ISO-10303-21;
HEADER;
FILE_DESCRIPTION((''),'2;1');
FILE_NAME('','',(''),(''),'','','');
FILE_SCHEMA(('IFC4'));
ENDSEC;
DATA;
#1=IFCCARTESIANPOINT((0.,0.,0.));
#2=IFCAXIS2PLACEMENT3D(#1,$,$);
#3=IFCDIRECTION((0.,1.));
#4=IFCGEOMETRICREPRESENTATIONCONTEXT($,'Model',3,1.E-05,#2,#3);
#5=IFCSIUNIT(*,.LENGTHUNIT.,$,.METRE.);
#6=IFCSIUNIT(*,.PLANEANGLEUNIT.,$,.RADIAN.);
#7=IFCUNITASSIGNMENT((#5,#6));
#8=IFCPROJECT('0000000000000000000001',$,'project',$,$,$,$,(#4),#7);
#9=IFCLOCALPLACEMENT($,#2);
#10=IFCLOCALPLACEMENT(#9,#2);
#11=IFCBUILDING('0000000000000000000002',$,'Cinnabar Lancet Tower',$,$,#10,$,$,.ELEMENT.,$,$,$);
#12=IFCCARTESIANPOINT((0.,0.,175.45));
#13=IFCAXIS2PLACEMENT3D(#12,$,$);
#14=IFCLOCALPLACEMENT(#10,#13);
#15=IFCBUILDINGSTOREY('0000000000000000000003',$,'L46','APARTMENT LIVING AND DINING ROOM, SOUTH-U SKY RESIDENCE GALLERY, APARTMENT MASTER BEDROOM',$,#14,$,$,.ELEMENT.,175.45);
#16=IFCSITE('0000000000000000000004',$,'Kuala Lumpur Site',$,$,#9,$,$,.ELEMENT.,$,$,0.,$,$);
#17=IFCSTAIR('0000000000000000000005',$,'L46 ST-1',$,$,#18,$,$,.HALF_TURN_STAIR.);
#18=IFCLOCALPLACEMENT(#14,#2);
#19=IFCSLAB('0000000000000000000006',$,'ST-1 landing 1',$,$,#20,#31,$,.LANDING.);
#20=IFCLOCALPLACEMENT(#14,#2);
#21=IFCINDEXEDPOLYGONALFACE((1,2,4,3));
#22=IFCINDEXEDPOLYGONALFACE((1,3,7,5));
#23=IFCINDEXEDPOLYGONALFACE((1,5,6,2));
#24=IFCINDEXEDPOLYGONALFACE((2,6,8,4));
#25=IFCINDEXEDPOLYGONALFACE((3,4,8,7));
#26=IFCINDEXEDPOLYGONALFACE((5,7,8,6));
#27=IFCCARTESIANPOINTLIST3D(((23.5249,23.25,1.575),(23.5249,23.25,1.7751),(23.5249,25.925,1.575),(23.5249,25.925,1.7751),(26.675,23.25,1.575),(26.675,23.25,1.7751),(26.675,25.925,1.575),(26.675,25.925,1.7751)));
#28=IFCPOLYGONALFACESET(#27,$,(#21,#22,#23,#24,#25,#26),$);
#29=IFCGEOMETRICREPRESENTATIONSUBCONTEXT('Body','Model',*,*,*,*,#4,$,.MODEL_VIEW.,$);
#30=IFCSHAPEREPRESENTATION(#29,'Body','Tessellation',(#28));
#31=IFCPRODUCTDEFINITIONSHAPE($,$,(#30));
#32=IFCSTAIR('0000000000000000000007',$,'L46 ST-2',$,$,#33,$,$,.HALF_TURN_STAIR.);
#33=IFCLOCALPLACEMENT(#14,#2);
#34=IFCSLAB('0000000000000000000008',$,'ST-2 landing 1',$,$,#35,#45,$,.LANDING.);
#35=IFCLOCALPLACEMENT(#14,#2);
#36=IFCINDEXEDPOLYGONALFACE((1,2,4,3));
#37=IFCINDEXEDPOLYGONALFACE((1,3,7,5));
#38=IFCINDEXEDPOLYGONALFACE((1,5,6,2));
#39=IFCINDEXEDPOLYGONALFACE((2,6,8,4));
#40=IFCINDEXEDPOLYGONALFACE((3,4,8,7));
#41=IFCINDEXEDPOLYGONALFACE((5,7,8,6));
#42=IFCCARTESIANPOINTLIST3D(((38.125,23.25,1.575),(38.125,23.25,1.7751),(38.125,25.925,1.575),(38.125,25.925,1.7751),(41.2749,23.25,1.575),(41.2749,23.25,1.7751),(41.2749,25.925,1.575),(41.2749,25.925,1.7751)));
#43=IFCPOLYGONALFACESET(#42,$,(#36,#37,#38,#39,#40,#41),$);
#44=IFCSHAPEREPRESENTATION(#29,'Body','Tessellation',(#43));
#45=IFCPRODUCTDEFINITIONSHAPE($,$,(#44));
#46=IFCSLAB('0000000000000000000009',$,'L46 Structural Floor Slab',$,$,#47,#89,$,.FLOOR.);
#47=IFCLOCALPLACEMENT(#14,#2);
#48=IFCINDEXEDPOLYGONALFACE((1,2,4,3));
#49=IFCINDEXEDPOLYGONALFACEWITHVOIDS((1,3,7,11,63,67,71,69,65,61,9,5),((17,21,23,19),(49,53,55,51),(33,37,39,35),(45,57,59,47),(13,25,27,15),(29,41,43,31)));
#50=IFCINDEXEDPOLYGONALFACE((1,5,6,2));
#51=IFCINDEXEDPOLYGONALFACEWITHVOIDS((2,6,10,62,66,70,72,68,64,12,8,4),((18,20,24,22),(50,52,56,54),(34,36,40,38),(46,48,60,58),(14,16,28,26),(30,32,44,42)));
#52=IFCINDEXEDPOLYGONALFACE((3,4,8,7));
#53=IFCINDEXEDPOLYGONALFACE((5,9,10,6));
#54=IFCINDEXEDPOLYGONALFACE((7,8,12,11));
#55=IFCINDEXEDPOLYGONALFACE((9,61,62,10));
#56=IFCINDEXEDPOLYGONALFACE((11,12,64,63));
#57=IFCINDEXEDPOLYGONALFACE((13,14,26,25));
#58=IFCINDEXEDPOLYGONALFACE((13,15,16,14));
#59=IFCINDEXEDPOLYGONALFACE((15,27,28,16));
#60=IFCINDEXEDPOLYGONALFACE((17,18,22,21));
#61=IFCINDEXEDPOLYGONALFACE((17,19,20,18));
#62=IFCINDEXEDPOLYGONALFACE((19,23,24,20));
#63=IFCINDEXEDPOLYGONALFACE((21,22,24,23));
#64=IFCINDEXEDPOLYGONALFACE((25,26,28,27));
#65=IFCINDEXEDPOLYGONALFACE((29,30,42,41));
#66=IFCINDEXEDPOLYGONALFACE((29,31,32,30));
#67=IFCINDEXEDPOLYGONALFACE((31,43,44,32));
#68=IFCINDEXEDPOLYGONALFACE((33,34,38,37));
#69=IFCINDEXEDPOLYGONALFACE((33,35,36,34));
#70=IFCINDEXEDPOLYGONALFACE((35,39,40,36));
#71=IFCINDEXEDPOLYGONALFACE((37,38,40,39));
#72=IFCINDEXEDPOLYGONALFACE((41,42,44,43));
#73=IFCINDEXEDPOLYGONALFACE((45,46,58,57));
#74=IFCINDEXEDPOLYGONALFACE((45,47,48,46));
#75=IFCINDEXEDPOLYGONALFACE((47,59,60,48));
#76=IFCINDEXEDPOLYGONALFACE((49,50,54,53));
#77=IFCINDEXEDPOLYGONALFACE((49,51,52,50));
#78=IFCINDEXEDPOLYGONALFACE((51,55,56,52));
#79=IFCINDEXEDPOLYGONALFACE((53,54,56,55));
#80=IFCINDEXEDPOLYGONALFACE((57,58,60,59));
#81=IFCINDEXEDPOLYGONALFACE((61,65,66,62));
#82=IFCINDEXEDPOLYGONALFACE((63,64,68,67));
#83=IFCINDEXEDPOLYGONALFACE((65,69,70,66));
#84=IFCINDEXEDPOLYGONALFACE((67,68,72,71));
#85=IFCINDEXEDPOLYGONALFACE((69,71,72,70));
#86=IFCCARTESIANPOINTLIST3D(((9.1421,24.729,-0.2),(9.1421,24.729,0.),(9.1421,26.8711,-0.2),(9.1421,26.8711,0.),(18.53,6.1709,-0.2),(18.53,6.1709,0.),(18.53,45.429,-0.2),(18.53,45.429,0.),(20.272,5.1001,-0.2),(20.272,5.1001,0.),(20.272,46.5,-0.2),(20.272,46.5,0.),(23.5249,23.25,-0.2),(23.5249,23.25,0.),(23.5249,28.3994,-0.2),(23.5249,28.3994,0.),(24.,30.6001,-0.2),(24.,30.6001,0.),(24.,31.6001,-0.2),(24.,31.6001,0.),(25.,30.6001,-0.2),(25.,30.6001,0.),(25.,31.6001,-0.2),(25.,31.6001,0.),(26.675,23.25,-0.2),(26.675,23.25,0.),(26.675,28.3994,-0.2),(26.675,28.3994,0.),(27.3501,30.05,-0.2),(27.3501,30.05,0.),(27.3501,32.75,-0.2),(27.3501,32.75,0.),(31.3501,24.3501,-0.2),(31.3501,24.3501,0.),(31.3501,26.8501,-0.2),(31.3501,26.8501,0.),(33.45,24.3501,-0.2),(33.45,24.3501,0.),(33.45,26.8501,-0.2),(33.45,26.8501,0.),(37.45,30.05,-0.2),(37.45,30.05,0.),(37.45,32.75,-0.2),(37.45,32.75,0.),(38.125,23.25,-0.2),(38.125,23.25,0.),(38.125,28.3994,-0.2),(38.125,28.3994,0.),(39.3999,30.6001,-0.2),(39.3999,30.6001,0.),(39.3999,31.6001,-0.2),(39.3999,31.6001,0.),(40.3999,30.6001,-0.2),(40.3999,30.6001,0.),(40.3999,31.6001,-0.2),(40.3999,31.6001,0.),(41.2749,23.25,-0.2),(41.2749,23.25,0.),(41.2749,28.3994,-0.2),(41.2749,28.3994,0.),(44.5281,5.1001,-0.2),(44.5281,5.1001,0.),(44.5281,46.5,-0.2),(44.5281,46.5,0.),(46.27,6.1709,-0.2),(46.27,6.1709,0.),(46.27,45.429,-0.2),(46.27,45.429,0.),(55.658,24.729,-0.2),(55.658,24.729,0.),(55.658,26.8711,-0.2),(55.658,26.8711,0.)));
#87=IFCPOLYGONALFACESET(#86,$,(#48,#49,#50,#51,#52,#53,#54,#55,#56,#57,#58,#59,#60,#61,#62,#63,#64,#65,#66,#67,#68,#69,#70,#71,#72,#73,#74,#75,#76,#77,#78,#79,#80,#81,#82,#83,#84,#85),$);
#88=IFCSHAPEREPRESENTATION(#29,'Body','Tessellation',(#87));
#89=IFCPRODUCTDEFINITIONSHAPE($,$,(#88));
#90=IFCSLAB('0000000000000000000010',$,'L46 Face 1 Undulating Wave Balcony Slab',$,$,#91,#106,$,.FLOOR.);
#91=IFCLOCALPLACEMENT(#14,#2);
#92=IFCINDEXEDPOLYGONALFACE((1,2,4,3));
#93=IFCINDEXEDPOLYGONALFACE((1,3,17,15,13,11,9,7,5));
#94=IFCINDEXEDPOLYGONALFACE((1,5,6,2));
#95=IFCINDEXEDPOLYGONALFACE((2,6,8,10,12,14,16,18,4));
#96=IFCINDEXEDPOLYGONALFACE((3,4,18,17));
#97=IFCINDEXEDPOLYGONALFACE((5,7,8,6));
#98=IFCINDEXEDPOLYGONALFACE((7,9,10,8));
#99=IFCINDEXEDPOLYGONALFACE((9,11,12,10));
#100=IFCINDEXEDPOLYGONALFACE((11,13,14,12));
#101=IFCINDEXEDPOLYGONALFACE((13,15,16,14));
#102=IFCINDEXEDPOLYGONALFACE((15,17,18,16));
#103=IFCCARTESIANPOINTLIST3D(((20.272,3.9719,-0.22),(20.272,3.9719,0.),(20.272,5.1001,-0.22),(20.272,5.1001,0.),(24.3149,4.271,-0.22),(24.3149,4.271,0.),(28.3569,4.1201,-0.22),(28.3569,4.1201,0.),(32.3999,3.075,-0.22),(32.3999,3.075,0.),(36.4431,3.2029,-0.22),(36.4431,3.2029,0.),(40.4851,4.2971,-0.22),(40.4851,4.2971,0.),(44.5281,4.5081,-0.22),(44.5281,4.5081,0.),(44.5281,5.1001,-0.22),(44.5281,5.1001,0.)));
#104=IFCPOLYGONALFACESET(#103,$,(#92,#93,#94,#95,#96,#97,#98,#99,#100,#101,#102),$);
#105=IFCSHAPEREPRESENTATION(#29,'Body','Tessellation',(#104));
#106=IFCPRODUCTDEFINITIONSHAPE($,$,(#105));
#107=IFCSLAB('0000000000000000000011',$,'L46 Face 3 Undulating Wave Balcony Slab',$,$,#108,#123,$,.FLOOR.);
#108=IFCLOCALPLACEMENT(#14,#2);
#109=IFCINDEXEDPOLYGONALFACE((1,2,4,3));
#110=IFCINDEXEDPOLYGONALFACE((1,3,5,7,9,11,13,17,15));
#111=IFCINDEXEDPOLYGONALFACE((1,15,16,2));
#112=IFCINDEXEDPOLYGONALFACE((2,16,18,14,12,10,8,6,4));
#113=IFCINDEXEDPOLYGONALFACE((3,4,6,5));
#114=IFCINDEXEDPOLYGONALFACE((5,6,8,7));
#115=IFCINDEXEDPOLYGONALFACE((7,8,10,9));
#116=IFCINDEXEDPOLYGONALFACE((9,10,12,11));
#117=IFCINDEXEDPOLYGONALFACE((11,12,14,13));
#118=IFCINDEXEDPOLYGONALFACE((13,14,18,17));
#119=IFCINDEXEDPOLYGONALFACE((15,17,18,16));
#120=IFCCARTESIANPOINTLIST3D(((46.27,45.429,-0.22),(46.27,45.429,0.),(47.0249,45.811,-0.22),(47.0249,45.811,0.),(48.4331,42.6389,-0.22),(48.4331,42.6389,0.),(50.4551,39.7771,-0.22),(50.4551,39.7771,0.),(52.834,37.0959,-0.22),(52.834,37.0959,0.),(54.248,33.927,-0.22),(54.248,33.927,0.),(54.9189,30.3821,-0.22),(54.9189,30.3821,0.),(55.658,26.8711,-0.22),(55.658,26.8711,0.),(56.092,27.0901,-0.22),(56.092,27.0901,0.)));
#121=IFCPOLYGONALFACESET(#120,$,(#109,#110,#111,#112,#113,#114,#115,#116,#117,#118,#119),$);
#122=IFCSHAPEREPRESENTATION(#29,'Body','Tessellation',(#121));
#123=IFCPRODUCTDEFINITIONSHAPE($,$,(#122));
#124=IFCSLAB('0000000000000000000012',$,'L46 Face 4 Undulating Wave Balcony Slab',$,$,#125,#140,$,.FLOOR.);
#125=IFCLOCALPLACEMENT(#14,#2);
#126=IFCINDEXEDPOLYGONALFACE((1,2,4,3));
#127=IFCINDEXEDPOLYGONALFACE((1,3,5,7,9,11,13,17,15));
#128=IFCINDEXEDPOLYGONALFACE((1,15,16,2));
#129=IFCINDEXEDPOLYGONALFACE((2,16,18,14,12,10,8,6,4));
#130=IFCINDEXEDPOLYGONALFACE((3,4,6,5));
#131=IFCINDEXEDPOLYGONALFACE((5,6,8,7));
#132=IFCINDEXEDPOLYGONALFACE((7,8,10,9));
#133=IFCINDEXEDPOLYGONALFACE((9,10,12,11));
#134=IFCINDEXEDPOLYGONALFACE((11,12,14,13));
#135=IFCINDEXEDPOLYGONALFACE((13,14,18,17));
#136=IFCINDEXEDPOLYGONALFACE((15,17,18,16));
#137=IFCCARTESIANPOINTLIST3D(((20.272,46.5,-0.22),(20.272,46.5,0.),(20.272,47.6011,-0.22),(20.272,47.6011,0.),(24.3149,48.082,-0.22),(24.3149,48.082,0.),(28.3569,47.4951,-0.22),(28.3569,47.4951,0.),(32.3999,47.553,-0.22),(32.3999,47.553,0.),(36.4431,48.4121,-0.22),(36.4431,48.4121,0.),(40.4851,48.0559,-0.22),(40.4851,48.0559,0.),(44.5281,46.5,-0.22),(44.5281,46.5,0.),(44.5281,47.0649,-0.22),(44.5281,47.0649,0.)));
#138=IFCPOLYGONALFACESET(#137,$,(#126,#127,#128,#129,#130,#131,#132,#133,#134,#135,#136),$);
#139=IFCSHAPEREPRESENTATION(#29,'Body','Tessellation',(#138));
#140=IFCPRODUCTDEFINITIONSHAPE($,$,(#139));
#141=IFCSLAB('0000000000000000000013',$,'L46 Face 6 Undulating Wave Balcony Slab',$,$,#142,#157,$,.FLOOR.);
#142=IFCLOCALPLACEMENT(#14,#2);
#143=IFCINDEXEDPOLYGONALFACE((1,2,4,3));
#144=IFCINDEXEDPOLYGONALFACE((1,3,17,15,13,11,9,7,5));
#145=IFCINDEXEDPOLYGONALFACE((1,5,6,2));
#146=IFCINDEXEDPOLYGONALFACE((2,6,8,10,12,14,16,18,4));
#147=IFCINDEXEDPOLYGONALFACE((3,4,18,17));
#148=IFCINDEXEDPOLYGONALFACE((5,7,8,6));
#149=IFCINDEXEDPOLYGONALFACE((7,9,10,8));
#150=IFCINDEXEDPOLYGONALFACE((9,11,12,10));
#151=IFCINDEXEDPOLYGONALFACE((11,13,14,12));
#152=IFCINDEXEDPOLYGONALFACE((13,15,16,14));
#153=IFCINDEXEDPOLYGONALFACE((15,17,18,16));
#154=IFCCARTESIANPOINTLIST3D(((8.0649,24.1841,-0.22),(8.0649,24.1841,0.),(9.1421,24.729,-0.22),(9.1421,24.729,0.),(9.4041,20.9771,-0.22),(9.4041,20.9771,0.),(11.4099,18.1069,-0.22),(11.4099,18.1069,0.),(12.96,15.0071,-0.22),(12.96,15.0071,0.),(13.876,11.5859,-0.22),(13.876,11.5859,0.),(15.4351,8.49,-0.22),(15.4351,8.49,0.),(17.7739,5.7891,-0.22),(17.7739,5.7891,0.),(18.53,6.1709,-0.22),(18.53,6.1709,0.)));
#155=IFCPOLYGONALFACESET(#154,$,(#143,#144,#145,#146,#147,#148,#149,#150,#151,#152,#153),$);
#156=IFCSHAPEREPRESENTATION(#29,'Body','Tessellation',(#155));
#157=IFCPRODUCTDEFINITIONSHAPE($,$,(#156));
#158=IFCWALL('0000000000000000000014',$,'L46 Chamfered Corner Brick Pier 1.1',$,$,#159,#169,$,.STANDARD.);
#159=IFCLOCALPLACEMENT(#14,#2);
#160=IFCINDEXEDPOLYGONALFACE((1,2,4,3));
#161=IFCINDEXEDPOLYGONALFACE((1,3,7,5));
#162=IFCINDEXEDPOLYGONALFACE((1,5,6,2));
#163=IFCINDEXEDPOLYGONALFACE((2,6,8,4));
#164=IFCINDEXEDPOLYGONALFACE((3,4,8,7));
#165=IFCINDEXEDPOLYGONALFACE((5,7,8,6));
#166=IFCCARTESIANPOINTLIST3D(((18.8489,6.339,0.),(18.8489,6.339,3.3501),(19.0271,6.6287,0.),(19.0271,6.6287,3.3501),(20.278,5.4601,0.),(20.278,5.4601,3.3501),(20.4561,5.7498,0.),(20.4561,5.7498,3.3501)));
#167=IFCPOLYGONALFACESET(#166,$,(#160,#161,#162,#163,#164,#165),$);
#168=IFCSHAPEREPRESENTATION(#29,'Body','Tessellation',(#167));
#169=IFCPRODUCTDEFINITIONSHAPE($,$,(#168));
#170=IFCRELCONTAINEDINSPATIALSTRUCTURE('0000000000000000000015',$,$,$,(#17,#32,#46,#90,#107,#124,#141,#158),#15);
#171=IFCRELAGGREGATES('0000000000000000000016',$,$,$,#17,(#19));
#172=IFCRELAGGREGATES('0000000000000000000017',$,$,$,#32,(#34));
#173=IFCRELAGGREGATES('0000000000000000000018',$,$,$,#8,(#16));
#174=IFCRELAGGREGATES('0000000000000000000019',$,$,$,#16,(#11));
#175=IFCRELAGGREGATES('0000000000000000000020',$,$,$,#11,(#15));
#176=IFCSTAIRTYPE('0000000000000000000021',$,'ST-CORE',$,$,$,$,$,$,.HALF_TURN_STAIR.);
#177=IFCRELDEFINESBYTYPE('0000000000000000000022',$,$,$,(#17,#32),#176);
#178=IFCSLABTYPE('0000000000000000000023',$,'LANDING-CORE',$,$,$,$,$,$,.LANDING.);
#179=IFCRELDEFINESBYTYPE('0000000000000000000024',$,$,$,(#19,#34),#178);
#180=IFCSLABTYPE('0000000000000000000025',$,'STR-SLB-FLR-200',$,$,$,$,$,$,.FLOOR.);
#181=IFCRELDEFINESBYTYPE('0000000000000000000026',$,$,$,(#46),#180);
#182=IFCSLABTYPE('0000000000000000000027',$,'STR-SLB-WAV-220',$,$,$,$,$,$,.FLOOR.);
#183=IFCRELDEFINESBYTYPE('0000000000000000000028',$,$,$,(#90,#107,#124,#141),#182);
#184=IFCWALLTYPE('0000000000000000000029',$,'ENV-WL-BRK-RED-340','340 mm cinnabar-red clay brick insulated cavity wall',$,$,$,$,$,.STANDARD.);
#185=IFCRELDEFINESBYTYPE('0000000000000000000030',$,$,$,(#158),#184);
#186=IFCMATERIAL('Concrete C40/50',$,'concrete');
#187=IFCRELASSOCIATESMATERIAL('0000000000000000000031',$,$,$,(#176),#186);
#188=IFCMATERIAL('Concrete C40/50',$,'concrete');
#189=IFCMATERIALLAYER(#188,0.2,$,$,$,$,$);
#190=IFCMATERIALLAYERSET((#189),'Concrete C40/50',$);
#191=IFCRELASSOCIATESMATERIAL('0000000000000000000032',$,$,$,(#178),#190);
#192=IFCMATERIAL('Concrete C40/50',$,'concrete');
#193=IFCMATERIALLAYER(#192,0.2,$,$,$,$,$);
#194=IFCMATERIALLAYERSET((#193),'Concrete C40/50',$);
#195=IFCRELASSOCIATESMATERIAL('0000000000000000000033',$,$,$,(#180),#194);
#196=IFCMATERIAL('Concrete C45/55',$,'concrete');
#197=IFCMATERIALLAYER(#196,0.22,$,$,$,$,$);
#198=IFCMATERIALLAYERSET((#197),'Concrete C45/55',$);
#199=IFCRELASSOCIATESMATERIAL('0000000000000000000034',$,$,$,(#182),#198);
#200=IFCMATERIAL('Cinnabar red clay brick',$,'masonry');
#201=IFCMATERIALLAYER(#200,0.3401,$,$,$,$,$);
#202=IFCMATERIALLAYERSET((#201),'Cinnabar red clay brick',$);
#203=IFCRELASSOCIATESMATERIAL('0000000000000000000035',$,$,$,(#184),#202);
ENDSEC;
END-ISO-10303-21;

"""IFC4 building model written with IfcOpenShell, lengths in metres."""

from ifc_helpers import new_model, si_unit, direction, frame, frame_2d, origin, place, context, subcontext, project, spatial, polyline, rectangle, outline, extrude, material, layer, layer_set, type_object, element, aggregate, save


model = new_model("IFC4")

# Units and contexts
model_context = context("Model", 3, precision=1e-05, world=origin(), true_north=direction((0.0, 1.0)))
body_context = subcontext(model_context, "Body", "Model", "MODEL_VIEW")
ifc_project = project(units=[si_unit("LENGTHUNIT", "METRE"), si_unit("PLANEANGLEUNIT", "RADIAN")], contexts=[model_context])

# Site, building, storey
site_placement = place(None, origin())
site = spatial("IfcSite", under=ifc_project, at=site_placement, Name="Kuala Lumpur Site", CompositionType="ELEMENT", RefElevation=0.0)
building_placement = place(site_placement, origin())
building = spatial("IfcBuilding", under=site, at=building_placement, Name="Cinnabar Lancet Tower", CompositionType="ELEMENT")
storey_placement = place(building_placement, frame((0.0, 0.0, 175.45)))
storey = spatial("IfcBuildingStorey", under=building, at=storey_placement, Name="L46", Description="APARTMENT LIVING AND DINING ROOM, SOUTH-U SKY RESIDENCE GALLERY, APARTMENT MASTER BEDROOM", CompositionType="ELEMENT", Elevation=175.45)

# Stairs, slabs
ifc_material_1 = material(Name="Concrete C40/50", Category="concrete")
stair_type = type_object("IfcStairType", Name="ST-CORE", PredefinedType="HALF_TURN_STAIR", material=ifc_material_1)
stair_1_placement = place(storey_placement, origin())
stair_1 = element("IfcStair", 1, at=stair_1_placement, inside=storey, type_object=stair_type, Name="L46 ST-1", PredefinedType="HALF_TURN_STAIR")
ifc_material_2 = material(Name="Concrete C40/50", Category="concrete")
ifc_layer_1 = layer(ifc_material_2, 0.2)
ifc_layer_set_1 = layer_set([ifc_layer_1], Name="Concrete C40/50")
slab_type_1 = type_object("IfcSlabType", Name="LANDING-CORE", PredefinedType="LANDING", material=ifc_layer_set_1)
slab_1_placement = place(storey_placement, frame((0.0, 0.0, 1.575)))
slab_1 = element("IfcSlab", 2, at=slab_1_placement, type_object=slab_type_1, Name="ST-1 landing 1", PredefinedType="LANDING", context=body_context, shape_type="SweptSolid", body=[
    extrude(outline(polyline([(23.5249, 25.925), (23.5249, 23.25), (26.675, 23.25), (26.675, 25.925), (23.5249, 25.925)])), origin(), (0.0, 0.0, 1.0), 0.2002),
])
aggregate(stair_1, [slab_1])
stair_2_placement = place(storey_placement, origin())
stair_2 = element("IfcStair", 3, at=stair_2_placement, inside=storey, type_object=stair_type, Name="L46 ST-2", PredefinedType="HALF_TURN_STAIR")
slab_2_placement = place(storey_placement, frame((0.0, 0.0, 1.575)))
slab_2 = element("IfcSlab", 4, at=slab_2_placement, type_object=slab_type_1, Name="ST-2 landing 1", PredefinedType="LANDING", context=body_context, shape_type="SweptSolid", body=[
    extrude(outline(polyline([(38.125, 25.925), (38.125, 23.25), (41.2749, 23.25), (41.2749, 25.925), (38.125, 25.925)])), origin(), (0.0, 0.0, 1.0), 0.2002),
])
aggregate(stair_2, [slab_2])

# Slabs
ifc_material_3 = material(Name="Concrete C40/50", Category="concrete")
ifc_layer_2 = layer(ifc_material_3, 0.2)
ifc_layer_set_2 = layer_set([ifc_layer_2], Name="Concrete C40/50")
slab_type_2 = type_object("IfcSlabType", Name="STR-SLB-FLR-200", PredefinedType="FLOOR", material=ifc_layer_set_2)
slab_3_placement = place(storey_placement, frame((0.0, 0.0, -0.2)))
element("IfcSlab", 5, at=slab_3_placement, inside=storey, type_object=slab_type_2, Name="L46 Structural Floor Slab", PredefinedType="FLOOR", context=body_context, shape_type="SweptSolid", body=[
    extrude(outline(polyline([(18.53, 6.1709), (20.272, 5.1001), (44.5281, 5.1001), (46.27, 6.1709), (55.658, 24.729), (55.658, 26.8711), (46.27, 45.429), (44.5281, 46.5), (20.272, 46.5), (18.53, 45.429), (9.1421, 26.8711), (9.1421, 24.729), (18.53, 6.1709)]), holes=[polyline([(23.5249, 23.25), (26.675, 23.25), (26.675, 28.3994), (23.5249, 28.3994), (23.5249, 23.25)]), polyline([(38.125, 23.25), (41.2749, 23.25), (41.2749, 28.3994), (38.125, 28.3994), (38.125, 23.25)]), polyline([(27.3501, 30.05), (37.45, 30.05), (37.45, 32.75), (27.3501, 32.75), (27.3501, 30.05)]), polyline([(31.3501, 24.3501), (33.45, 24.3501), (33.45, 26.8501), (31.3501, 26.8501), (31.3501, 24.3501)]), polyline([(24.0, 30.6001), (25.0, 30.6001), (25.0, 31.6001), (24.0, 31.6001), (24.0, 30.6001)]), polyline([(39.3999, 30.6001), (40.3999, 30.6001), (40.3999, 31.6001), (39.3999, 31.6001), (39.3999, 30.6001)])]), origin(), (0.0, 0.0, 1.0), 0.2),
])
ifc_material_4 = material(Name="Concrete C45/55", Category="concrete")
ifc_layer_3 = layer(ifc_material_4, 0.22)
ifc_layer_set_3 = layer_set([ifc_layer_3], Name="Concrete C45/55")
slab_type_3 = type_object("IfcSlabType", Name="STR-SLB-WAV-220", PredefinedType="FLOOR", material=ifc_layer_set_3)
slab_4_placement = place(storey_placement, frame((0.0, 0.0, -0.22)))
element("IfcSlab", 6, at=slab_4_placement, inside=storey, type_object=slab_type_3, Name="L46 Face 1 Undulating Wave Balcony Slab", PredefinedType="FLOOR", context=body_context, shape_type="SweptSolid", body=[
    extrude(outline(polyline([(20.272, 5.1001), (20.272, 3.9719), (24.3149, 4.271), (28.3569, 4.1201), (32.3999, 3.075), (36.4431, 3.2029), (40.4851, 4.2971), (44.5281, 4.5081), (44.5281, 5.1001), (20.272, 5.1001)])), origin(), (0.0, 0.0, 1.0), 0.22),
])
slab_5_placement = place(storey_placement, frame((0.0, 0.0, -0.22)))
element("IfcSlab", 7, at=slab_5_placement, inside=storey, type_object=slab_type_3, Name="L46 Face 3 Undulating Wave Balcony Slab", PredefinedType="FLOOR", context=body_context, shape_type="SweptSolid", body=[
    extrude(outline(polyline([(55.658, 26.8711), (56.092, 27.0901), (54.9189, 30.3821), (54.248, 33.927), (52.834, 37.0959), (50.4551, 39.7771), (48.4331, 42.6389), (47.0249, 45.811), (46.27, 45.429), (55.658, 26.8711)])), origin(), (0.0, 0.0, 1.0), 0.22),
])
slab_6_placement = place(storey_placement, frame((0.0, 0.0, -0.22)))
element("IfcSlab", 8, at=slab_6_placement, inside=storey, type_object=slab_type_3, Name="L46 Face 4 Undulating Wave Balcony Slab", PredefinedType="FLOOR", context=body_context, shape_type="SweptSolid", body=[
    extrude(outline(polyline([(44.5281, 46.5), (44.5281, 47.0649), (40.4851, 48.0559), (36.4431, 48.4121), (32.3999, 47.553), (28.3569, 47.4951), (24.3149, 48.082), (20.272, 47.6011), (20.272, 46.5), (44.5281, 46.5)])), origin(), (0.0, 0.0, 1.0), 0.22),
])
slab_7_placement = place(storey_placement, frame((0.0, 0.0, -0.22)))
element("IfcSlab", 9, at=slab_7_placement, inside=storey, type_object=slab_type_3, Name="L46 Face 6 Undulating Wave Balcony Slab", PredefinedType="FLOOR", context=body_context, shape_type="SweptSolid", body=[
    extrude(outline(polyline([(9.1421, 24.729), (8.0649, 24.1841), (9.4041, 20.9771), (11.4099, 18.1069), (12.96, 15.0071), (13.876, 11.5859), (15.4351, 8.49), (17.7739, 5.7891), (18.53, 6.1709), (9.1421, 24.729)])), origin(), (0.0, 0.0, 1.0), 0.22),
])

# Wall
ifc_material_5 = material(Name="Cinnabar red clay brick", Category="masonry")
ifc_layer_4 = layer(ifc_material_5, 0.3401)
ifc_layer_set_4 = layer_set([ifc_layer_4], Name="Cinnabar red clay brick")
wall_type = type_object("IfcWallType", Name="ENV-WL-BRK-RED-340", Description="340 mm cinnabar-red clay brick insulated cavity wall", PredefinedType="STANDARD", material=ifc_layer_set_4)
wall_1_placement = place(storey_placement, frame((18.938, 6.4839, 0.0), z_axis=(0.0, 0.0, 1.0), x_axis=(0.851778, -0.523903, 0.0)))
element("IfcWall", 10, at=wall_1_placement, inside=storey, type_object=wall_type, Name="L46 Chamfered Corner Brick Pier 1.1", PredefinedType="STANDARD", context=body_context, shape_type="SweptSolid", body=[
    extrude(rectangle(XDim=1.6777, YDim=0.3401, at=frame_2d((0.8389, 0.0))), origin(), (0.0, 0.0, 1.0), 3.3501),
])

save(model, "model.ifc")
